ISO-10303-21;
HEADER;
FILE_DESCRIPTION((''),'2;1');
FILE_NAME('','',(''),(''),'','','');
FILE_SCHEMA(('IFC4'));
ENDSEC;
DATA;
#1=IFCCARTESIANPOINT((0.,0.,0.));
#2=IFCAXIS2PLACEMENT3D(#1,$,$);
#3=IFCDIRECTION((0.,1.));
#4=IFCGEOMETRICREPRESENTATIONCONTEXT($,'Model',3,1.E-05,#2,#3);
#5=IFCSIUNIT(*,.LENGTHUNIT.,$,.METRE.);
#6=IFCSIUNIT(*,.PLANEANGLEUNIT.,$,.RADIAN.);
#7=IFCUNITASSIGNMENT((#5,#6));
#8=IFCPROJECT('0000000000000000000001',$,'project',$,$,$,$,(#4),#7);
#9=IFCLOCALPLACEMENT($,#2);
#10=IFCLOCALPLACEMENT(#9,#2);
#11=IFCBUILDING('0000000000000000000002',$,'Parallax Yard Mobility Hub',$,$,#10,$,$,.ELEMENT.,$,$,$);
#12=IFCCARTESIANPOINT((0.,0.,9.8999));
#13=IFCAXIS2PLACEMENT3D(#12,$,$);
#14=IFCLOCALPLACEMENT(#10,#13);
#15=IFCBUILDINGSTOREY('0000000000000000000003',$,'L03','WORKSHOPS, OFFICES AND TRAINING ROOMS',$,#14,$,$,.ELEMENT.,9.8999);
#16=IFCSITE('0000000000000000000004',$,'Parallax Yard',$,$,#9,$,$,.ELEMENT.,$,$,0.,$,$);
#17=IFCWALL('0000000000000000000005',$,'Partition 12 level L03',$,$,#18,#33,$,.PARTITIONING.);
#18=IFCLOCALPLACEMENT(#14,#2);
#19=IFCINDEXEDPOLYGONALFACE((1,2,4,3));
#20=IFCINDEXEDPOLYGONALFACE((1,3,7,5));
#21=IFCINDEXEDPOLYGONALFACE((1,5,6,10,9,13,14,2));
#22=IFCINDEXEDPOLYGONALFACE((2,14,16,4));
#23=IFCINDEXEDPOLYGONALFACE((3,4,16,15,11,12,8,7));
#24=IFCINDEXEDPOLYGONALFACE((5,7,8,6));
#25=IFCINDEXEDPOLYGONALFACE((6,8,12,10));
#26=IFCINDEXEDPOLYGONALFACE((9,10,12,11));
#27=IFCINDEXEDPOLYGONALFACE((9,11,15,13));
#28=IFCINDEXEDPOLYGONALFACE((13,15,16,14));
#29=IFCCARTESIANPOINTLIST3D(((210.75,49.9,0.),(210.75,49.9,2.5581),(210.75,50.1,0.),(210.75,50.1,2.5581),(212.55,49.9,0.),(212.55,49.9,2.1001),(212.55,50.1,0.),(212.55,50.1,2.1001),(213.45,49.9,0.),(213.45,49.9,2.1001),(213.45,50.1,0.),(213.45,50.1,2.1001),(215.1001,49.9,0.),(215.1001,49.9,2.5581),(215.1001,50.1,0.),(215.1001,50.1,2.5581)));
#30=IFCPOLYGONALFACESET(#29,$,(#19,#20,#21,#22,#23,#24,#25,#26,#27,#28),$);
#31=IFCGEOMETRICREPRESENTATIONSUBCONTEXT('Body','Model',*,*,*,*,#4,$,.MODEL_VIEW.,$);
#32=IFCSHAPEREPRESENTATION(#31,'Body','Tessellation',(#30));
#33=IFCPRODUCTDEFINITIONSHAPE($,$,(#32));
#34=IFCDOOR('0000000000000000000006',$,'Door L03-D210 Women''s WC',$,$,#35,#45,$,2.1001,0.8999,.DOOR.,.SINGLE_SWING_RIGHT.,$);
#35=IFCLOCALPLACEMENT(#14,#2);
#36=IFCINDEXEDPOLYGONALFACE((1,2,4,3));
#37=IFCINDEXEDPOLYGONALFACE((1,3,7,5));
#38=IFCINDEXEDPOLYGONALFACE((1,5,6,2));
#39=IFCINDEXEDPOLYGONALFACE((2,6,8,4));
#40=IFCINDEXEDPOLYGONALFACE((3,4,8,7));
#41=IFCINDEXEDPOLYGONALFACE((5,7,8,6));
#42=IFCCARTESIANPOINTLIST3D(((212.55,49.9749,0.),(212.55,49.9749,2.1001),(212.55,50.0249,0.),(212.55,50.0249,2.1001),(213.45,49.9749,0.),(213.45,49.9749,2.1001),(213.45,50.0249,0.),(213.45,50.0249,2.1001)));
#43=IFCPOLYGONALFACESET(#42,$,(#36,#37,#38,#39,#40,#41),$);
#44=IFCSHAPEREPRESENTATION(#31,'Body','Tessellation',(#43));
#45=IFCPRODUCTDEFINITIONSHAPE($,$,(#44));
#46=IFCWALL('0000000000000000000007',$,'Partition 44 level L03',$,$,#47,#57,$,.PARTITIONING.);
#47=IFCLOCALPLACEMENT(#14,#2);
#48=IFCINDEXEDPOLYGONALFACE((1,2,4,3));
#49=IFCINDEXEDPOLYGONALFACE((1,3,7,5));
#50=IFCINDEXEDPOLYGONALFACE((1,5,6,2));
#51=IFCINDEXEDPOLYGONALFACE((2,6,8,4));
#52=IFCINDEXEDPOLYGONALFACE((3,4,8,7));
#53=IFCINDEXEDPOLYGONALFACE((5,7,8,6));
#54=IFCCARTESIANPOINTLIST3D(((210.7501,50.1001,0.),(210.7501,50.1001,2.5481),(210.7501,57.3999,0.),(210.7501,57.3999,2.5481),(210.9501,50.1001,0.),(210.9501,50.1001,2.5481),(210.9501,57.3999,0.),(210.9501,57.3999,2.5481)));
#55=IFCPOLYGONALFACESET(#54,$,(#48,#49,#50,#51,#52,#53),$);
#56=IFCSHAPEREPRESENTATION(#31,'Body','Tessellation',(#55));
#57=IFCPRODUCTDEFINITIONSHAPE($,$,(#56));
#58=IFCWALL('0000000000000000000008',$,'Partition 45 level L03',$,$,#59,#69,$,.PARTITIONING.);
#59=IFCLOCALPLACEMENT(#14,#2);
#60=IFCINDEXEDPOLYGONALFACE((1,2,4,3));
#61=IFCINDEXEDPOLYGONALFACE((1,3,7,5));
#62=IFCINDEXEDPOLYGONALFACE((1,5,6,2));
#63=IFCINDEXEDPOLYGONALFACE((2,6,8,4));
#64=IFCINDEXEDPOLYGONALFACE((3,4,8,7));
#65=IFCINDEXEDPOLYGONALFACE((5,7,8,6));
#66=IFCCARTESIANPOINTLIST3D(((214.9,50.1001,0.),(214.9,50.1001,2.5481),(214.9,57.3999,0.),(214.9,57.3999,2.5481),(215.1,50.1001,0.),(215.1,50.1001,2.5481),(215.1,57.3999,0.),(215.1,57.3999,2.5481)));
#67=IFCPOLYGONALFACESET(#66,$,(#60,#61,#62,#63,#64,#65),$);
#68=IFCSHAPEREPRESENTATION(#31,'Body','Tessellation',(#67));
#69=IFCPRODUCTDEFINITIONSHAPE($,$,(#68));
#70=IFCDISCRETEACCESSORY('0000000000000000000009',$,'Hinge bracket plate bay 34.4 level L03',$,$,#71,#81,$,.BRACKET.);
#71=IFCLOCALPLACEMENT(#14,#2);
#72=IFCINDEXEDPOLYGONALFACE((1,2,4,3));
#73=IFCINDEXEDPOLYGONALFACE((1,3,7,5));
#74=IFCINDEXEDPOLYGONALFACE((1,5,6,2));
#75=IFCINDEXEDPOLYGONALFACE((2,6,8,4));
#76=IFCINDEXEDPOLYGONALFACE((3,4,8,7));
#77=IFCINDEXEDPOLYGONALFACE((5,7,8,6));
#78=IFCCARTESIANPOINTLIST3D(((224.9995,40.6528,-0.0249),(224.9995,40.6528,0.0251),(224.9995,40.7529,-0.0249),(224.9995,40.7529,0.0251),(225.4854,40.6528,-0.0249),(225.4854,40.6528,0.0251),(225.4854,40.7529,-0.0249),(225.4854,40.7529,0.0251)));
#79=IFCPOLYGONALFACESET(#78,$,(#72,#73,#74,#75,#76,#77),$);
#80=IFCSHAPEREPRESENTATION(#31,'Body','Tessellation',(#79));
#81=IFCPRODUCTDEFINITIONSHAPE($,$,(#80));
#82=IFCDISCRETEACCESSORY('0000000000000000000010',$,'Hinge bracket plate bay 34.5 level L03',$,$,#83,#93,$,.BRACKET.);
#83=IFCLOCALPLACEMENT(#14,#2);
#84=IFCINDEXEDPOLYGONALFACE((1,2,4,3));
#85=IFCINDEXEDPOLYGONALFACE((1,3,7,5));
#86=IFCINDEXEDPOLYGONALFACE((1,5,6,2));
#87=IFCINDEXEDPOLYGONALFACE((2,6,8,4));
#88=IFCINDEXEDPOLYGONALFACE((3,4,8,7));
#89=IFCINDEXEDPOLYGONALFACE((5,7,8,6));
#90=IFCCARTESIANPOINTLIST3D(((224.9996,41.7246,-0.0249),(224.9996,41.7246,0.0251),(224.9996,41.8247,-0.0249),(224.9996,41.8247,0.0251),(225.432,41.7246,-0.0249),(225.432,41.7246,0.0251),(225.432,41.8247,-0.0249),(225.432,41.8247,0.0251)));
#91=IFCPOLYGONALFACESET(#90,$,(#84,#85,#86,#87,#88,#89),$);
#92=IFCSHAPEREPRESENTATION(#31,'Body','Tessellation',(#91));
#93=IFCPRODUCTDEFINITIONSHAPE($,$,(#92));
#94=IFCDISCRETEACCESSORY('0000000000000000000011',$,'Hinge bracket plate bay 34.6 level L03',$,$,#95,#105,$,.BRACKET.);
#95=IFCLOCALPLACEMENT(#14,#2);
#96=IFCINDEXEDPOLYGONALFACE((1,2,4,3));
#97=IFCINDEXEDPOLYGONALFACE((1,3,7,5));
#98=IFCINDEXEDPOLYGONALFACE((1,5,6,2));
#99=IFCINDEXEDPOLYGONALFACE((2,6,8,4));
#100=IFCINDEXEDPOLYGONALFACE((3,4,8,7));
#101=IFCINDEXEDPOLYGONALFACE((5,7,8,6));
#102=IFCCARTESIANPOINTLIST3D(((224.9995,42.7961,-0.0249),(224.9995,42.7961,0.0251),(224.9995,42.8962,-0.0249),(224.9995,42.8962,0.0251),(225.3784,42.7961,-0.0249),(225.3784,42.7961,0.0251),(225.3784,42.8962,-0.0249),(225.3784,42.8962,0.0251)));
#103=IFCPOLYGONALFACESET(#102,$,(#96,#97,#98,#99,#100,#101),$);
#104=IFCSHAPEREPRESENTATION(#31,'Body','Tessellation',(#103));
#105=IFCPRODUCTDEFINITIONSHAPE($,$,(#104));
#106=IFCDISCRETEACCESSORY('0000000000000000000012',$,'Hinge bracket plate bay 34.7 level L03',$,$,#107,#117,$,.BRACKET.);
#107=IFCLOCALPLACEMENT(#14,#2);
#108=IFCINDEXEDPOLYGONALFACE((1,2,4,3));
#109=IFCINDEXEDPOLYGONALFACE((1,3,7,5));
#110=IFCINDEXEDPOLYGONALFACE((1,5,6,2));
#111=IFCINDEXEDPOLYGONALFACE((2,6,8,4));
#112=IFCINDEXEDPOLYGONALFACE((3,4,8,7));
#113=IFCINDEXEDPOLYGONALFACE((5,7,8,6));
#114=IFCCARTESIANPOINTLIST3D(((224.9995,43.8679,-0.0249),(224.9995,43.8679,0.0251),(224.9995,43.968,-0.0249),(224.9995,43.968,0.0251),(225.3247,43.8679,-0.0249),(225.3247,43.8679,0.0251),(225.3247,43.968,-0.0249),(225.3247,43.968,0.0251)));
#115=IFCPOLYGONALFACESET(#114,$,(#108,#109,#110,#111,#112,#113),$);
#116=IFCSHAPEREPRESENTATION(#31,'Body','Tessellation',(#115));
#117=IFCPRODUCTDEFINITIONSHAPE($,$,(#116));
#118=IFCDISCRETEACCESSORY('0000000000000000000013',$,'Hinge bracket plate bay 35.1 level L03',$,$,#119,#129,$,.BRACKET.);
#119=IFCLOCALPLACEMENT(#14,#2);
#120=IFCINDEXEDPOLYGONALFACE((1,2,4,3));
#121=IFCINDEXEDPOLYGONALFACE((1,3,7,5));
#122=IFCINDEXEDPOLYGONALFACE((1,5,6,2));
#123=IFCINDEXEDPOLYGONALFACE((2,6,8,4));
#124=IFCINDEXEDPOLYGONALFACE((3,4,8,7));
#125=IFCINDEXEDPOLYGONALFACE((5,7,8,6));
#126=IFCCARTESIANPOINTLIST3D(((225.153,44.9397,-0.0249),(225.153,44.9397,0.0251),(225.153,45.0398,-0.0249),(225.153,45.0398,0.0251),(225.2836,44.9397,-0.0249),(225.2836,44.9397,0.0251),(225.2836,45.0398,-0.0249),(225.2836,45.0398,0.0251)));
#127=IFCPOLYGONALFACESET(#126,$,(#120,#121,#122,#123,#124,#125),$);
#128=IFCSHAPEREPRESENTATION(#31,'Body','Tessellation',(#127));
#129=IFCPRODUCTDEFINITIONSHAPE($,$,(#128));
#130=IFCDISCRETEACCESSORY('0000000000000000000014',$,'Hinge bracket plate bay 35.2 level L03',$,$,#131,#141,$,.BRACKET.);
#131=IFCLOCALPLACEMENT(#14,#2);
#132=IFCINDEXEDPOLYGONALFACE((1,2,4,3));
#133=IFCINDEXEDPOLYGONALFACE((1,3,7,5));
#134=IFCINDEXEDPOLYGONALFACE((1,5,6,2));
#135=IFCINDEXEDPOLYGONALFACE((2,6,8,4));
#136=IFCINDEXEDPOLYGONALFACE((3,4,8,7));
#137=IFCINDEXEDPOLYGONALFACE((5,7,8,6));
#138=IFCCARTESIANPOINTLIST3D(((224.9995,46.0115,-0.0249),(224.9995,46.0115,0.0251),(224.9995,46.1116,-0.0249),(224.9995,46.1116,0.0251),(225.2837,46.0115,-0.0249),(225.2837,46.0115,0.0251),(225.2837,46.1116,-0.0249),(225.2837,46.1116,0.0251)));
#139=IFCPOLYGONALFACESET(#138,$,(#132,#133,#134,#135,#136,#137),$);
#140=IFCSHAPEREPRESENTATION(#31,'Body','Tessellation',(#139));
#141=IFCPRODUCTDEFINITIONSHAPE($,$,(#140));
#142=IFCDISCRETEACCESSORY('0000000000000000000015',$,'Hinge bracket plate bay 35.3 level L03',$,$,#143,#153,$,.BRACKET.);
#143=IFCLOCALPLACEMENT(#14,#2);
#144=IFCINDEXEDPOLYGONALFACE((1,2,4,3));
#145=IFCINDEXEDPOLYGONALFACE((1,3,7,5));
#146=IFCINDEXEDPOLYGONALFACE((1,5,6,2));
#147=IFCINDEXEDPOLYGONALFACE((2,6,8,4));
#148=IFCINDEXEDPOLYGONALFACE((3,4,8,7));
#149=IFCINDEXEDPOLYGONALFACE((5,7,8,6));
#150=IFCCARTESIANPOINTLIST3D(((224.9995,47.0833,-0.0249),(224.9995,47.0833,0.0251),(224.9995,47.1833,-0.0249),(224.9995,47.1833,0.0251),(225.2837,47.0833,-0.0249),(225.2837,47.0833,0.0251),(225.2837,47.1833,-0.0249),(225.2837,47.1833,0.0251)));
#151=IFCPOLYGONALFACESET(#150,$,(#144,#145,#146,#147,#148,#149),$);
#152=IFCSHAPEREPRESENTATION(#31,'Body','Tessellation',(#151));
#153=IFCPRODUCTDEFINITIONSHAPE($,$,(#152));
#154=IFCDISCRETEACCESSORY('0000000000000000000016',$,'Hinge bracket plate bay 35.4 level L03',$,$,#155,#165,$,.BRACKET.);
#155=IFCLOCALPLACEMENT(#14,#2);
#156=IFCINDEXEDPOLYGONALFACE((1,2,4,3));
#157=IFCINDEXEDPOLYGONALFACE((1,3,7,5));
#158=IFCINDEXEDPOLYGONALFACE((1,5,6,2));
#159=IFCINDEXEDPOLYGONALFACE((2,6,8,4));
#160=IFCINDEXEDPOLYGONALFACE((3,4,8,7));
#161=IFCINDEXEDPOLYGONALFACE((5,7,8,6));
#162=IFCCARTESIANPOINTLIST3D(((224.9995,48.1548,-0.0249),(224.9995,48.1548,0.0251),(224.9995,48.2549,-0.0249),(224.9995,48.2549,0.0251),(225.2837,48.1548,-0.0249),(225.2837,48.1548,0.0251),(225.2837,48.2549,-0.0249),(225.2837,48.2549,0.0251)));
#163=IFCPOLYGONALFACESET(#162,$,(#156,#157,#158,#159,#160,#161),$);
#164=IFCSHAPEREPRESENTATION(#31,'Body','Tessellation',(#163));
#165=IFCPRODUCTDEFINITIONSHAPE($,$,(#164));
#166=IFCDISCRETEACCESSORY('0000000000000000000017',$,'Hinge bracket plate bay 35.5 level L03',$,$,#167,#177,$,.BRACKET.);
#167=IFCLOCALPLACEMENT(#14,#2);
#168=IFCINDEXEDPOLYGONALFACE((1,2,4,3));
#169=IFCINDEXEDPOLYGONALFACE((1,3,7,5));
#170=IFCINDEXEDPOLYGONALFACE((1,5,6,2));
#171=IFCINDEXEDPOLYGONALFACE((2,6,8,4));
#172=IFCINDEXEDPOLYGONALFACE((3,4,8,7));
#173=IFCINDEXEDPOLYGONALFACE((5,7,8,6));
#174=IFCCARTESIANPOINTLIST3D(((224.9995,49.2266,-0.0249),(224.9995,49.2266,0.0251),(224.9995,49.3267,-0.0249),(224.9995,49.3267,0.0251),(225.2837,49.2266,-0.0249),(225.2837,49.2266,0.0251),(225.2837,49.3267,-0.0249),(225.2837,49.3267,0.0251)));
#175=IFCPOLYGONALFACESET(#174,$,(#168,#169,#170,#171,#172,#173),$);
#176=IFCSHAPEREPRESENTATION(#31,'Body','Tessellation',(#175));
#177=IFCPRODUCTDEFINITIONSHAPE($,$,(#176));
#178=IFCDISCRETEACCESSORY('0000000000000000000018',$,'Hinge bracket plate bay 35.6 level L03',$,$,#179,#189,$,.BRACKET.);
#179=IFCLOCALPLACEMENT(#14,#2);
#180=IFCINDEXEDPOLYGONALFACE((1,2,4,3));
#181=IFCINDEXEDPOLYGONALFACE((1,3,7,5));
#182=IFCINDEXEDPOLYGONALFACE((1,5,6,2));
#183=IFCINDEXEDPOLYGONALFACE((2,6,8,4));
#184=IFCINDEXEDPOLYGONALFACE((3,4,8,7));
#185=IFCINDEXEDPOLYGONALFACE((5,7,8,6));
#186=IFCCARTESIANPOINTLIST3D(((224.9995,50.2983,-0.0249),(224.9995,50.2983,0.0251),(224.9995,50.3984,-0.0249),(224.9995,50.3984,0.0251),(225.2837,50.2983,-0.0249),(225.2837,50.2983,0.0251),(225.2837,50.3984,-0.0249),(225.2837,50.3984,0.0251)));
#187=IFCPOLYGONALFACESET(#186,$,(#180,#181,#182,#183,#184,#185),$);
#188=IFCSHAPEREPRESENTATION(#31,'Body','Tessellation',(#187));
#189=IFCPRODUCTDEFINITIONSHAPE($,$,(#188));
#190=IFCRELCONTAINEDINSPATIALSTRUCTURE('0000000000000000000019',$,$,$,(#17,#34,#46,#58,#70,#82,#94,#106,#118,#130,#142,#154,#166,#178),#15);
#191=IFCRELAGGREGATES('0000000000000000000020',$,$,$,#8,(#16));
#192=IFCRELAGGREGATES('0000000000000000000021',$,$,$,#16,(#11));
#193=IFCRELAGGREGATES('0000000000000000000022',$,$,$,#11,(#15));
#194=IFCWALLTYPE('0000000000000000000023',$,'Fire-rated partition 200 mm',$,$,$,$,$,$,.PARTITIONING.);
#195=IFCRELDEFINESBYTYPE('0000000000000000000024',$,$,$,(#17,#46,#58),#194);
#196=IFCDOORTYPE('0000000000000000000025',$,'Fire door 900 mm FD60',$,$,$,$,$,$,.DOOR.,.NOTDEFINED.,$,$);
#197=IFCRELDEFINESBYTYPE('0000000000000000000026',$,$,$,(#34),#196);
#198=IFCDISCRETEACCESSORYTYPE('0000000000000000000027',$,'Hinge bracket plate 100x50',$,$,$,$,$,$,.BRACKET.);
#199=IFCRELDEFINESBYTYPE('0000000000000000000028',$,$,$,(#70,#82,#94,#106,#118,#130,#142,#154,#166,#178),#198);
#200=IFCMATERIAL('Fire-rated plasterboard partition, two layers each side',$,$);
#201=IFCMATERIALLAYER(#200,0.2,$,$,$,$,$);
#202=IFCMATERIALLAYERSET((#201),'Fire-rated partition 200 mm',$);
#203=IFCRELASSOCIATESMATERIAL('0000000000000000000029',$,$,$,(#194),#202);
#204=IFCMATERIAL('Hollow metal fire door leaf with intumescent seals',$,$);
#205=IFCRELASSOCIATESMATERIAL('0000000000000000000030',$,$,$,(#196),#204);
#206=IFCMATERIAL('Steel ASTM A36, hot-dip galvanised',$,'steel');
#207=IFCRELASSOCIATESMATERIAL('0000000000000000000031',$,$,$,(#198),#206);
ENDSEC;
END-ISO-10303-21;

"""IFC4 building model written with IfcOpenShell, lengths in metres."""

from ifc_helpers import new_model, si_unit, direction, frame, frame_2d, origin, origin_2d, place, context, subcontext, project, spatial, rectangle, extrude, material, layer, layer_set, type_object, element, fill, save


model = new_model("IFC4")

# Units and contexts
model_context = context("Model", 3, precision=1e-05, world=origin(), true_north=direction((0.0, 1.0)))
body_context = subcontext(model_context, "Body", "Model", "MODEL_VIEW")
ifc_project = project(units=[si_unit("LENGTHUNIT", "METRE"), si_unit("PLANEANGLEUNIT", "RADIAN")], contexts=[model_context])

# Site, building, storey
site_placement = place(None, origin())
site = spatial("IfcSite", under=ifc_project, at=site_placement, Name="Parallax Yard", CompositionType="ELEMENT", RefElevation=0.0)
building_placement = place(site_placement, origin())
building = spatial("IfcBuilding", under=site, at=building_placement, Name="Parallax Yard Mobility Hub", CompositionType="ELEMENT")
storey_placement = place(building_placement, frame((0.0, 0.0, 9.8999)))
storey = spatial("IfcBuildingStorey", under=building, at=storey_placement, Name="L03", Description="WORKSHOPS, OFFICES AND TRAINING ROOMS", CompositionType="ELEMENT", Elevation=9.8999)

# Shared definitions
ifc_material_1 = material(Name="Fire-rated plasterboard partition, two layers each side")
ifc_layer_1 = layer(ifc_material_1, 0.2)
ifc_layer_set_1 = layer_set([ifc_layer_1], Name="Fire-rated partition 200 mm")
wall_type_1 = type_object("IfcWallType", Name="Fire-rated partition 200 mm", PredefinedType="PARTITIONING", material=ifc_layer_set_1)

# Wall, opening, door
wall_1_placement = place(storey_placement, frame((210.75, 50.0, 0.0), z_axis=(0.0, 0.0, 1.0), x_axis=(1.0, 0.0, 0.0)))
wall_1 = element("IfcWall", 1, at=wall_1_placement, inside=storey, type_object=wall_type_1, Name="Partition 12 level L03", PredefinedType="PARTITIONING", context=body_context, shape_type="SweptSolid", body=[
    extrude(rectangle(XDim=4.3501, YDim=0.2, at=frame_2d((2.175, 0.0))), origin(), (0.0, 0.0, 1.0), 2.5581),
])
opening_placement = place(wall_1_placement, frame((1.8, 0.0, 0.0)))
opening = element("IfcOpeningElement", 2, at=opening_placement, cuts=wall_1, PredefinedType="OPENING", context=body_context, shape_type="SweptSolid", body=[
    extrude(rectangle(XDim=0.8999, YDim=2.1001, at=frame_2d((0.45, 1.05))), frame((0.0, 0.1099, 0.0), z_axis=(0.0, -1.0, 0.0), x_axis=(1.0, 0.0, 0.0)), (0.0, 0.0, 1.0), 0.22),
])
ifc_material_2 = material(Name="Hollow metal fire door leaf with intumescent seals")
door_type = type_object("IfcDoorType", Name="Fire door 900 mm FD60", OperationType="NOTDEFINED", PredefinedType="DOOR", material=ifc_material_2)
door_placement = place(opening_placement, origin())
door = element("IfcDoor", 3, at=door_placement, inside=storey, type_object=door_type, Name="Door L03-D210 Women's WC", OperationType="SINGLE_SWING_RIGHT", OverallHeight=2.1001, OverallWidth=0.8999, PredefinedType="DOOR", context=body_context, shape_type="SweptSolid", body=[
    extrude(rectangle(XDim=0.8999, YDim=2.1001, at=frame_2d((0.45, 1.05))), frame((0.0, 0.0249, 0.0), z_axis=(0.0, -1.0, 0.0), x_axis=(1.0, 0.0, 0.0)), (0.0, 0.0, 1.0), 0.05),
])
fill(opening, door)

# Walls
for number, where, z_axis, x_axis, name in (
    (4, (210.8501, 50.1001, 0.0), (0.0, 0.0, 1.0), (0.0, 1.0, 0.0), "Partition 44 level L03"),
    (5, (215.0, 50.1001, 0.0), (0.0, 0.0, 1.0), (0.0, 1.0, 0.0), "Partition 45 level L03"),
):
    element("IfcWall", number, at=place(storey_placement, frame(where, z_axis=z_axis, x_axis=x_axis)), inside=storey, type_object=wall_type_1, Name=name, PredefinedType="PARTITIONING", context=body_context, shape_type="SweptSolid", body=[
        extrude(rectangle(XDim=7.2998, YDim=0.2, at=frame_2d((3.6499, 0.0))), origin(), (0.0, 0.0, 1.0), 2.5481),
    ])

# Discrete accessories
ifc_material_3 = material(Name="Steel ASTM A36, hot-dip galvanised", Category="steel")
discrete_accessory_type_1 = type_object("IfcDiscreteAccessoryType", Name="Hinge bracket plate 100x50", PredefinedType="BRACKET", material=ifc_material_3)
discrete_accessory_1_placement = place(storey_placement, frame((225.2424, 40.7029, -0.0249), z_axis=(0.0, 0.0, 1.0), x_axis=(1.0, 0.0, 0.0)))
element("IfcDiscreteAccessory", 6, at=discrete_accessory_1_placement, inside=storey, type_object=discrete_accessory_type_1, Name="Hinge bracket plate bay 34.4 level L03", PredefinedType="BRACKET", context=body_context, shape_type="SweptSolid", body=[
    extrude(rectangle(XDim=0.4858, YDim=0.1001, at=origin_2d()), origin(), (0.0, 0.0, 1.0), 0.05),
])
discrete_accessory_2_placement = place(storey_placement, frame((225.2158, 41.7747, -0.0249), z_axis=(0.0, 0.0, 1.0), x_axis=(1.0, 0.0, 0.0)))
element("IfcDiscreteAccessory", 7, at=discrete_accessory_2_placement, inside=storey, type_object=discrete_accessory_type_1, Name="Hinge bracket plate bay 34.5 level L03", PredefinedType="BRACKET", context=body_context, shape_type="SweptSolid", body=[
    extrude(rectangle(XDim=0.4324, YDim=0.1001, at=origin_2d()), origin(), (0.0, 0.0, 1.0), 0.05),
])
discrete_accessory_3_placement = place(storey_placement, frame((225.189, 42.8462, -0.0249), z_axis=(0.0, 0.0, 1.0), x_axis=(1.0, 0.0, 0.0)))
element("IfcDiscreteAccessory", 8, at=discrete_accessory_3_placement, inside=storey, type_object=discrete_accessory_type_1, Name="Hinge bracket plate bay 34.6 level L03", PredefinedType="BRACKET", context=body_context, shape_type="SweptSolid", body=[
    extrude(rectangle(XDim=0.3789, YDim=0.1001, at=origin_2d()), origin(), (0.0, 0.0, 1.0), 0.05),
])
discrete_accessory_4_placement = place(storey_placement, frame((225.1621, 43.918, -0.0249), z_axis=(0.0, 0.0, 1.0), x_axis=(1.0, 0.0, 0.0)))
element("IfcDiscreteAccessory", 9, at=discrete_accessory_4_placement, inside=storey, type_object=discrete_accessory_type_1, Name="Hinge bracket plate bay 34.7 level L03", PredefinedType="BRACKET", context=body_context, shape_type="SweptSolid", body=[
    extrude(rectangle(XDim=0.3252, YDim=0.1001, at=origin_2d()), origin(), (0.0, 0.0, 1.0), 0.05),
])
discrete_accessory_5_placement = place(storey_placement, frame((225.2183, 44.9897, -0.0249), z_axis=(0.0, 0.0, 1.0), x_axis=(1.0, 0.0, 0.0)))
element("IfcDiscreteAccessory", 10, at=discrete_accessory_5_placement, inside=storey, type_object=discrete_accessory_type_1, Name="Hinge bracket plate bay 35.1 level L03", PredefinedType="BRACKET", context=body_context, shape_type="SweptSolid", body=[
    extrude(rectangle(XDim=0.1306, YDim=0.1001, at=origin_2d()), origin(), (0.0, 0.0, 1.0), 0.05),
])
for number, where, z_axis, x_axis, name in (
    (11, (225.1416, 46.0615, -0.0249), (0.0, 0.0, 1.0), (1.0, 0.0, 0.0), "Hinge bracket plate bay 35.2 level L03"),
    (12, (225.1416, 47.1333, -0.0249), (0.0, 0.0, 1.0), (1.0, 0.0, 0.0), "Hinge bracket plate bay 35.3 level L03"),
    (13, (225.1416, 48.2048, -0.0249), (0.0, 0.0, 1.0), (1.0, 0.0, 0.0), "Hinge bracket plate bay 35.4 level L03"),
    (14, (225.1416, 49.2766, -0.0249), (0.0, 0.0, 1.0), (1.0, 0.0, 0.0), "Hinge bracket plate bay 35.5 level L03"),
    (15, (225.1416, 50.3484, -0.0249), (0.0, 0.0, 1.0), (1.0, 0.0, 0.0), "Hinge bracket plate bay 35.6 level L03"),
):
    element("IfcDiscreteAccessory", number, at=place(storey_placement, frame(where, z_axis=z_axis, x_axis=x_axis)), inside=storey, type_object=discrete_accessory_type_1, Name=name, PredefinedType="BRACKET", context=body_context, shape_type="SweptSolid", body=[
        extrude(rectangle(XDim=0.2842, YDim=0.1001, at=origin_2d()), origin(), (0.0, 0.0, 1.0), 0.05),
    ])

save(model, "model.ifc")
